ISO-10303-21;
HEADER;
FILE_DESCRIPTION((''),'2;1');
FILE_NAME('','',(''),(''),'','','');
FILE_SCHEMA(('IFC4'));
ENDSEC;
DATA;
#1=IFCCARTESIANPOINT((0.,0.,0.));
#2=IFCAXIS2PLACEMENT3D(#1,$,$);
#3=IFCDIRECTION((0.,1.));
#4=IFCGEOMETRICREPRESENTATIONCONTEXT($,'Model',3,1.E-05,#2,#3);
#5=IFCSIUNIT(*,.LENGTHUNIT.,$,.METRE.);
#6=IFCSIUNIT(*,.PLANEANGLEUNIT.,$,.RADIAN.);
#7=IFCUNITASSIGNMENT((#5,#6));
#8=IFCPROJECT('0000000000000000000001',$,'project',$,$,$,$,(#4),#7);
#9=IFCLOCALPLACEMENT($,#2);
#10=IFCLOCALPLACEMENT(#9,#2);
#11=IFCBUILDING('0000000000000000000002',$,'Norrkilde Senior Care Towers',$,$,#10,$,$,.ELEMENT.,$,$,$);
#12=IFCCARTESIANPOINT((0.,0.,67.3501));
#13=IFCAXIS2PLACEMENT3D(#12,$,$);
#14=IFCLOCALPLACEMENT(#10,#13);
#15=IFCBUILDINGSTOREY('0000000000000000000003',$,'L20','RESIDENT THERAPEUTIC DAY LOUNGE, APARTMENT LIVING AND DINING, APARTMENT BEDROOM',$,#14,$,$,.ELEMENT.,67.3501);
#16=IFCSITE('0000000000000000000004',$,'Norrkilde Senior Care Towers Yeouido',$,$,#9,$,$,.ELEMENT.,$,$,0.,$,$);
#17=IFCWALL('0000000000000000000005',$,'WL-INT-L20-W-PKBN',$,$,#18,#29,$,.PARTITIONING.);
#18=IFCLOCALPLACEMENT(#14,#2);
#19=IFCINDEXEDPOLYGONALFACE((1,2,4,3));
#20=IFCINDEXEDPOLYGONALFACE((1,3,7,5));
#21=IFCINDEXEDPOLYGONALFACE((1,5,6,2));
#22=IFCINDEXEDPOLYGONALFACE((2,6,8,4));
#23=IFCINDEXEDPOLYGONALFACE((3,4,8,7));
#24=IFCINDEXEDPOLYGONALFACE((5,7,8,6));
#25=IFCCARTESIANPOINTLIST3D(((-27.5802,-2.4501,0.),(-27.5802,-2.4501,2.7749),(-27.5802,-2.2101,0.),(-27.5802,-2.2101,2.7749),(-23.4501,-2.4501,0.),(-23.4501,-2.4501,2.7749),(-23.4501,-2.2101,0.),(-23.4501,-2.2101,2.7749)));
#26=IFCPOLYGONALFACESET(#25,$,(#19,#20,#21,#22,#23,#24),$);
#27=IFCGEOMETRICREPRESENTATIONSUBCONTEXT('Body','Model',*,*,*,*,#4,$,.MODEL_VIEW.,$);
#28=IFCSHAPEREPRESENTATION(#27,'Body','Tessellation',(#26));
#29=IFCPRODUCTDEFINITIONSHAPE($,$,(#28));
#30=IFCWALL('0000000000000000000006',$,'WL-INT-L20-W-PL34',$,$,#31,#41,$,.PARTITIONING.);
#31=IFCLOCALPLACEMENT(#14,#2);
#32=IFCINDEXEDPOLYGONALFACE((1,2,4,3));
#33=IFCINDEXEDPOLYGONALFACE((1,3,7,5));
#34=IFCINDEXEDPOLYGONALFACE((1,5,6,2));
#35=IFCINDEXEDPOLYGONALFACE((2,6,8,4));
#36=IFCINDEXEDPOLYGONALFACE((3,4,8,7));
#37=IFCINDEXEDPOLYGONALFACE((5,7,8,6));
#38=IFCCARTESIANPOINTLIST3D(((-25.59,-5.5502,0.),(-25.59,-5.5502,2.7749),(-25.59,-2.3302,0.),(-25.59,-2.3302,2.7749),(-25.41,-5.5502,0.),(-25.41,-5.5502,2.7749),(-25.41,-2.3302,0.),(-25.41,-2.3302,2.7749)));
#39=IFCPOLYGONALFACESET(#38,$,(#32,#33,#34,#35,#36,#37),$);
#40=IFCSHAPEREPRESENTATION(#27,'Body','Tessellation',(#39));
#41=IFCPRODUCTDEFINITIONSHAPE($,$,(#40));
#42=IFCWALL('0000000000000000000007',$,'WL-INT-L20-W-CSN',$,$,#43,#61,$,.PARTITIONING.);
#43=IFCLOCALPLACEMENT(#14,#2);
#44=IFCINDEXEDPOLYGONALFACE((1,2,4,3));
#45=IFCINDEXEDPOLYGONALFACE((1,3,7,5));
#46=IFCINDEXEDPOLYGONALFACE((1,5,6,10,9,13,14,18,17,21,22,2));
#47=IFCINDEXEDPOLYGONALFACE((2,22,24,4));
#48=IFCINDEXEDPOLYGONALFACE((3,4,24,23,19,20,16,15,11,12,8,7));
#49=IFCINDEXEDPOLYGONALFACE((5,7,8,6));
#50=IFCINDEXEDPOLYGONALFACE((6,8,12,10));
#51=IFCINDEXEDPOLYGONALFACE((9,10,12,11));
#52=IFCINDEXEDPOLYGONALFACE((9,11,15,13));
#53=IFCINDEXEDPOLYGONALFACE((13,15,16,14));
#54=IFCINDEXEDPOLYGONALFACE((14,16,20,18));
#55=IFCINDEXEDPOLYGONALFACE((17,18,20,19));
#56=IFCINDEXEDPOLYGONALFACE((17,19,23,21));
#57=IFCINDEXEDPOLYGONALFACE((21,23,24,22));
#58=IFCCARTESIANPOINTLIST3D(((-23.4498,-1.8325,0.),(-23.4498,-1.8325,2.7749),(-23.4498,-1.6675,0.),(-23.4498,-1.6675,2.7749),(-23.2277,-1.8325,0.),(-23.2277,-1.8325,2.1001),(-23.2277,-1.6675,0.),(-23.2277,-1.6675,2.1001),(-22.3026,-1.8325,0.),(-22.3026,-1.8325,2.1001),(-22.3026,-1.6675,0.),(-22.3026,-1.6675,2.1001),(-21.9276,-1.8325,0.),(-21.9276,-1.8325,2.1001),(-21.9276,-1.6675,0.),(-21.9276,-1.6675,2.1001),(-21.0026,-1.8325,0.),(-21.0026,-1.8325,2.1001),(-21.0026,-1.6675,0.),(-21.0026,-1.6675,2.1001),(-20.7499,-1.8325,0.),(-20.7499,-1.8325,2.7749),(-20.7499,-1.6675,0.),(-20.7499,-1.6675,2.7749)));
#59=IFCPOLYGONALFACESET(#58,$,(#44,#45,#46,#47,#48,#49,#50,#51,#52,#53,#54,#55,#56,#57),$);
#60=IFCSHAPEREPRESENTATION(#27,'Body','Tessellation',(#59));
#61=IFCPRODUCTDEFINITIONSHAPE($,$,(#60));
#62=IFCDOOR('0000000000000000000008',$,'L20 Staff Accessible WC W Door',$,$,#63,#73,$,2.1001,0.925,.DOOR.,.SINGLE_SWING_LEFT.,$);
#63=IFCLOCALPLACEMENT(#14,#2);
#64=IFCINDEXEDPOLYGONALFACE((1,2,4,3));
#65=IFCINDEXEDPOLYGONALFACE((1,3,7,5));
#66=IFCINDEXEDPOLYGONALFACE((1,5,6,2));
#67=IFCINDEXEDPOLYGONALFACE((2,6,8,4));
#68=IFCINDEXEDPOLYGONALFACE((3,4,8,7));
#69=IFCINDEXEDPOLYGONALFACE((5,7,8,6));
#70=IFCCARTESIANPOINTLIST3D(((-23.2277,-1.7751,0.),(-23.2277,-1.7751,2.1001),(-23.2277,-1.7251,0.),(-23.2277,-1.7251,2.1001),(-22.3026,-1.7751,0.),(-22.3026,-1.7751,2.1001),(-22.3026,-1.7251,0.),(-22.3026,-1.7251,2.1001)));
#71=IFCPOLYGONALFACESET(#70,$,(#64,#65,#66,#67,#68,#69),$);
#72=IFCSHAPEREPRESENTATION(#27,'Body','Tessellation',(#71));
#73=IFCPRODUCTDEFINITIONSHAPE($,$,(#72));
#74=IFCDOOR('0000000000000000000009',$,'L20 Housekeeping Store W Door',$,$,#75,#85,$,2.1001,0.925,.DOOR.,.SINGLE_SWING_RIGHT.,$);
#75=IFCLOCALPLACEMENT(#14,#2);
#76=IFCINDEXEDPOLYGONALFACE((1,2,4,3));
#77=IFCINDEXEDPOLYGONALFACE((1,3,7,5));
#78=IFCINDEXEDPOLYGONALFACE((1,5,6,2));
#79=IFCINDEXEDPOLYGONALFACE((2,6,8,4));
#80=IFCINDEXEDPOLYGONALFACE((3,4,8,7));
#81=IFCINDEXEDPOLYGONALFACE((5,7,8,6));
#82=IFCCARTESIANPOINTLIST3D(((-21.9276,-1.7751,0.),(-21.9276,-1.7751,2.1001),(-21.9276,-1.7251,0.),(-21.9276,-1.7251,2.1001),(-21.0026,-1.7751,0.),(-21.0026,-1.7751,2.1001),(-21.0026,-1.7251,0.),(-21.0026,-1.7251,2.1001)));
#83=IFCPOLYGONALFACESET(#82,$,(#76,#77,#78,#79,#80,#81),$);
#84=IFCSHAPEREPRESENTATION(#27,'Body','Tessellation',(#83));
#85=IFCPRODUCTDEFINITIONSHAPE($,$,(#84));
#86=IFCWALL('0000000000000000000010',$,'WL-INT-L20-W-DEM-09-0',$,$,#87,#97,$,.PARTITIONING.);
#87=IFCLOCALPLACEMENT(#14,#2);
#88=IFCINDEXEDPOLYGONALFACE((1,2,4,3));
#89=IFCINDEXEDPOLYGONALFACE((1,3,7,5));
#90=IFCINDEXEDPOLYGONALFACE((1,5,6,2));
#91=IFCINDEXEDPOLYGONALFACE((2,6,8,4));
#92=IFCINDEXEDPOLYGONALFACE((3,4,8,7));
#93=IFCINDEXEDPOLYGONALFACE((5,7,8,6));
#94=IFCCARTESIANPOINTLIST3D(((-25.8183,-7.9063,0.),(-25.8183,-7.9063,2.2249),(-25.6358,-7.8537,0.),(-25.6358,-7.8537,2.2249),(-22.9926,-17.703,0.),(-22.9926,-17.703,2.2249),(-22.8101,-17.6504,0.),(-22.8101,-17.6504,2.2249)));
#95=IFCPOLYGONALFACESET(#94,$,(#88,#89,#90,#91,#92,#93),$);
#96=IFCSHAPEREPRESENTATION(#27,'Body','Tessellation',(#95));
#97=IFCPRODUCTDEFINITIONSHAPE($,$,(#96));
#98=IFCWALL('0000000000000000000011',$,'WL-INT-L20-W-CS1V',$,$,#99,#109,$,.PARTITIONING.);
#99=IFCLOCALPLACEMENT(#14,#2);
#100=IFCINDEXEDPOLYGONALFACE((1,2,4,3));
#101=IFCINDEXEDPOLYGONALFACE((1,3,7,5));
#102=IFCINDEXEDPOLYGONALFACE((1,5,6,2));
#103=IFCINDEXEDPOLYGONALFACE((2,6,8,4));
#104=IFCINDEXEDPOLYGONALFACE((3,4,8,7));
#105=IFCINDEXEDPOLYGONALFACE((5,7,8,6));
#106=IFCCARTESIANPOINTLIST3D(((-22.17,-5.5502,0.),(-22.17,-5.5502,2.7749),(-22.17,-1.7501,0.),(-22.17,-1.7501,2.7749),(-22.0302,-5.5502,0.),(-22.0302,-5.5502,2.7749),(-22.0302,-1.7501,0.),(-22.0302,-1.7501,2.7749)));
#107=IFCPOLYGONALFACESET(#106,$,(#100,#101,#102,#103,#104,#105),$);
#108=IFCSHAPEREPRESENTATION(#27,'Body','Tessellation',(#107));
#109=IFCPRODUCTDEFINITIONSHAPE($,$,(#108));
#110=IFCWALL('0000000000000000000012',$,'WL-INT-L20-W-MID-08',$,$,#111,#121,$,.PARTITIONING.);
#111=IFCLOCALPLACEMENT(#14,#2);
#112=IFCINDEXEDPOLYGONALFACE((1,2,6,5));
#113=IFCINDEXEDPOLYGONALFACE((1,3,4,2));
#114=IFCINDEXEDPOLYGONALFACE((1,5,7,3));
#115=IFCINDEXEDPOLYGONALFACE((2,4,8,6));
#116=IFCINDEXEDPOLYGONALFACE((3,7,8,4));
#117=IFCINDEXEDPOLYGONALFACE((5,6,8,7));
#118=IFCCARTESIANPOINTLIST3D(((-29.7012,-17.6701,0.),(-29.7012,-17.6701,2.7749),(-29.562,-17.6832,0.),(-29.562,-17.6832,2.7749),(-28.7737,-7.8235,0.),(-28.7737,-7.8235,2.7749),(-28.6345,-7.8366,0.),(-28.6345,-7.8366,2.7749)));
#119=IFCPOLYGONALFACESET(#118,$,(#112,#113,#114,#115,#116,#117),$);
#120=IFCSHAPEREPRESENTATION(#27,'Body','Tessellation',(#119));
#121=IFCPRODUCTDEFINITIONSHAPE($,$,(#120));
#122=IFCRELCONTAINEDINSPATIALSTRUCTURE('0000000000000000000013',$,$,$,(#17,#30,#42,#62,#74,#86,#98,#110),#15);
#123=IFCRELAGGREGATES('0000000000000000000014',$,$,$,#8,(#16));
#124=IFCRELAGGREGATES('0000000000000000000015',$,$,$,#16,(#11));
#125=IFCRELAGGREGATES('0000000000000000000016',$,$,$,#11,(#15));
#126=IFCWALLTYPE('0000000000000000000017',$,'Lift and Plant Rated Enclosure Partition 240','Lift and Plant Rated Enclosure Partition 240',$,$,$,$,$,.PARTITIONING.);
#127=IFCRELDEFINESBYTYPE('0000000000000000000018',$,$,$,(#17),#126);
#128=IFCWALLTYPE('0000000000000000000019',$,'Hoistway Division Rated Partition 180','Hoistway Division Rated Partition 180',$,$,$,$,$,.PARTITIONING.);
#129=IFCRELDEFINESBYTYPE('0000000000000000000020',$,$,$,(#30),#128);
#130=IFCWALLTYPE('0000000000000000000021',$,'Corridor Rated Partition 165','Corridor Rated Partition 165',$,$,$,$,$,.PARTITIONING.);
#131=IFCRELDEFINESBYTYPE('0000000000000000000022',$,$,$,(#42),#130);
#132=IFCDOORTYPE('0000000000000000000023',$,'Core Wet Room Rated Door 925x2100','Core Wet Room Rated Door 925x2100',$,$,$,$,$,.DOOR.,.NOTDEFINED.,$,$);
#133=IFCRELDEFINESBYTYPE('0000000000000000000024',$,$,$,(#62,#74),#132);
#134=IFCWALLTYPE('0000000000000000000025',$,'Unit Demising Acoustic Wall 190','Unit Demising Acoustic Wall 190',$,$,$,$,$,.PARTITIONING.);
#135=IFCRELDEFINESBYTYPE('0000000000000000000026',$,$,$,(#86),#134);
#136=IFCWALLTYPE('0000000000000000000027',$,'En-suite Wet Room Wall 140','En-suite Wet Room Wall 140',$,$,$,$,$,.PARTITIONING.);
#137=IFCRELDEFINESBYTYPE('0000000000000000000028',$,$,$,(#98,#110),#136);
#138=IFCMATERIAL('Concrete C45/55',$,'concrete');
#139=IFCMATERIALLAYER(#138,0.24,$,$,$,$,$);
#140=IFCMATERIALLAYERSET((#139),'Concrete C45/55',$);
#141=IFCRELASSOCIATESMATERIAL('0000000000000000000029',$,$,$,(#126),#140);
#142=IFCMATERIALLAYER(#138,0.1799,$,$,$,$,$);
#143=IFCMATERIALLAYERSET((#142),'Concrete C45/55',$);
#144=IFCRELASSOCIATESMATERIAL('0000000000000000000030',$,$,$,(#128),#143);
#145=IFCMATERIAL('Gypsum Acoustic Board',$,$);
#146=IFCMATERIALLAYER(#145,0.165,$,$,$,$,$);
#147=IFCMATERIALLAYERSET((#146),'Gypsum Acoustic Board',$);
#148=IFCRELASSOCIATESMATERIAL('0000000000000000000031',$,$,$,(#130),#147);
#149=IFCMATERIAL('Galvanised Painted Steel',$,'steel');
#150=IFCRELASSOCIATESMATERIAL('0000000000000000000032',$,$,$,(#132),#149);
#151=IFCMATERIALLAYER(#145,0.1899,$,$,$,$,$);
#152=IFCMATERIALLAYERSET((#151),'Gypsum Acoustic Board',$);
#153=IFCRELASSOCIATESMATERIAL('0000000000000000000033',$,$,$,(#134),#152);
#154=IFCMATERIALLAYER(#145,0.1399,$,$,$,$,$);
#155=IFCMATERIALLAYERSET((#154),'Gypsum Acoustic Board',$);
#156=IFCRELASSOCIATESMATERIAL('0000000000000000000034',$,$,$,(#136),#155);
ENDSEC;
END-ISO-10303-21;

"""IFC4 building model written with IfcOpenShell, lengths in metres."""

from ifc_helpers import new_model, si_unit, direction, frame, frame_2d, origin, place, context, subcontext, project, spatial, rectangle, extrude, source, transform, mapped, material, layer, layer_set, type_object, type_shapes, element, fill, save


model = new_model("IFC4")

# Units and contexts
model_context = context("Model", 3, precision=1e-05, world=origin(), true_north=direction((0.0, 1.0)))
body_context = subcontext(model_context, "Body", "Model", "MODEL_VIEW")
ifc_project = project(units=[si_unit("LENGTHUNIT", "METRE"), si_unit("PLANEANGLEUNIT", "RADIAN")], contexts=[model_context])

# Site, building, storey
site_placement = place(None, origin())
site = spatial("IfcSite", under=ifc_project, at=site_placement, Name="Norrkilde Senior Care Towers Yeouido", CompositionType="ELEMENT", RefElevation=0.0)
building_placement = place(site_placement, origin())
building = spatial("IfcBuilding", under=site, at=building_placement, Name="Norrkilde Senior Care Towers", CompositionType="ELEMENT")
storey_placement = place(building_placement, frame((0.0, 0.0, 67.3501)))
storey = spatial("IfcBuildingStorey", under=building, at=storey_placement, Name="L20", Description="RESIDENT THERAPEUTIC DAY LOUNGE, APARTMENT LIVING AND DINING, APARTMENT BEDROOM", CompositionType="ELEMENT", Elevation=67.3501)

# Walls
ifc_material_1 = material(Name="Concrete C45/55", Category="concrete")
ifc_layer_1 = layer(ifc_material_1, 0.24)
ifc_layer_set_1 = layer_set([ifc_layer_1], Name="Concrete C45/55")
wall_type_1 = type_object("IfcWallType", Name="Lift and Plant Rated Enclosure Partition 240", Description="Lift and Plant Rated Enclosure Partition 240", PredefinedType="PARTITIONING", material=ifc_layer_set_1)
shared_shape_1 = source(origin(), body_context, "Body", "SweptSolid", [
    extrude(rectangle(XDim=4.1301, YDim=0.24, at=frame_2d((2.0649, 0.0))), origin(), (0.0, 0.0, 1.0), 2.7749),
])
type_shapes(wall_type_1, [shared_shape_1])
wall_1_placement = place(storey_placement, frame((-27.5801, -2.3301, 0.0), z_axis=(0.0, 0.0, 1.0), x_axis=(1.0, 0.0, 0.0)))
element("IfcWall", 1, at=wall_1_placement, inside=storey, type_object=wall_type_1, Name="WL-INT-L20-W-PKBN", PredefinedType="PARTITIONING", context=body_context, shape_type="MappedRepresentation", body=[
    mapped(shared_shape_1, transform((0.0, 0.0, 0.0), x_axis=(1.0, 0.0, 0.0), y_axis=(0.0, 1.0, 0.0), z_axis=(0.0, 0.0, 1.0), scale=1.0)),
])
ifc_layer_2 = layer(ifc_material_1, 0.1799)
ifc_layer_set_2 = layer_set([ifc_layer_2], Name="Concrete C45/55")
wall_type_2 = type_object("IfcWallType", Name="Hoistway Division Rated Partition 180", Description="Hoistway Division Rated Partition 180", PredefinedType="PARTITIONING", material=ifc_layer_set_2)
shared_shape_2 = source(origin(), body_context, "Body", "SweptSolid", [
    extrude(rectangle(XDim=3.22, YDim=0.1799, at=frame_2d((1.6099, 0.0))), origin(), (0.0, 0.0, 1.0), 2.7749),
])
type_shapes(wall_type_2, [shared_shape_2])
wall_2_placement = place(storey_placement, frame((-25.5, -5.55, 0.0), z_axis=(0.0, 0.0, 1.0), x_axis=(0.0, 1.0, 0.0)))
element("IfcWall", 2, at=wall_2_placement, inside=storey, type_object=wall_type_2, Name="WL-INT-L20-W-PL34", PredefinedType="PARTITIONING", context=body_context, shape_type="MappedRepresentation", body=[
    mapped(shared_shape_2, transform((0.0, 0.0, 0.0), x_axis=(1.0, 0.0, 0.0), y_axis=(0.0, 1.0, 0.0), z_axis=(0.0, 0.0, 1.0), scale=1.0)),
])

# Wall, openings, doors
ifc_material_2 = material(Name="Gypsum Acoustic Board")
ifc_layer_3 = layer(ifc_material_2, 0.165)
ifc_layer_set_3 = layer_set([ifc_layer_3], Name="Gypsum Acoustic Board")
wall_type_3 = type_object("IfcWallType", Name="Corridor Rated Partition 165", Description="Corridor Rated Partition 165", PredefinedType="PARTITIONING", material=ifc_layer_set_3)
shared_shape_3 = source(origin(), body_context, "Body", "SweptSolid", [
    extrude(rectangle(XDim=2.7, YDim=0.165, at=frame_2d((1.3501, 0.0))), origin(), (0.0, 0.0, 1.0), 2.7749),
])
type_shapes(wall_type_3, [shared_shape_3])
wall_3_placement = place(storey_placement, frame((-23.45, -1.75, 0.0), z_axis=(0.0, 0.0, 1.0), x_axis=(1.0, 0.0, 0.0)))
wall_3 = element("IfcWall", 3, at=wall_3_placement, inside=storey, type_object=wall_type_3, Name="WL-INT-L20-W-CSN", PredefinedType="PARTITIONING", context=body_context, shape_type="MappedRepresentation", body=[
    mapped(shared_shape_3, transform((0.0, 0.0, 0.0), x_axis=(1.0, 0.0, 0.0), y_axis=(0.0, 1.0, 0.0), z_axis=(0.0, 0.0, 1.0), scale=1.0)),
])
opening_1_placement = place(wall_3_placement, frame((0.2224, 0.0, 0.0)))
opening_1 = element("IfcOpeningElement", 4, at=opening_1_placement, cuts=wall_3, PredefinedType="OPENING", context=body_context, shape_type="SweptSolid", body=[
    extrude(rectangle(XDim=0.925, YDim=2.1001, at=frame_2d((0.4624, 1.05))), frame((0.0, 0.0925, 0.0), z_axis=(0.0, -1.0, 0.0), x_axis=(1.0, 0.0, 0.0)), (0.0, 0.0, 1.0), 0.1851),
])
opening_2_placement = place(wall_3_placement, frame((1.5225, 0.0, 0.0)))
opening_2 = element("IfcOpeningElement", 5, at=opening_2_placement, cuts=wall_3, PredefinedType="OPENING", context=body_context, shape_type="SweptSolid", body=[
    extrude(rectangle(XDim=0.925, YDim=2.1001, at=frame_2d((0.4624, 1.05))), frame((0.0, 0.0925, 0.0), z_axis=(0.0, -1.0, 0.0), x_axis=(1.0, 0.0, 0.0)), (0.0, 0.0, 1.0), 0.1851),
])
ifc_material_3 = material(Name="Galvanised Painted Steel", Category="steel")
door_type = type_object("IfcDoorType", Name="Core Wet Room Rated Door 925x2100", Description="Core Wet Room Rated Door 925x2100", OperationType="NOTDEFINED", PredefinedType="DOOR", material=ifc_material_3)
shared_shape_4 = source(origin(), body_context, "Body", "SweptSolid", [
    extrude(rectangle(XDim=0.925, YDim=2.1001, at=frame_2d((0.4624, 1.05))), frame((0.0, 0.0249, 0.0), z_axis=(0.0, -1.0, 0.0), x_axis=(1.0, 0.0, 0.0)), (0.0, 0.0, 1.0), 0.05),
])
type_shapes(door_type, [shared_shape_4])
door_1_placement = place(opening_1_placement, origin())
door_1 = element("IfcDoor", 6, at=door_1_placement, inside=storey, type_object=door_type, Name="L20 Staff Accessible WC W Door", OperationType="SINGLE_SWING_LEFT", OverallHeight=2.1001, OverallWidth=0.925, PredefinedType="DOOR", context=body_context, shape_type="MappedRepresentation", body=[
    mapped(shared_shape_4, transform((0.0, 0.0, 0.0), x_axis=(1.0, 0.0, 0.0), y_axis=(0.0, 1.0, 0.0), z_axis=(0.0, 0.0, 1.0), scale=1.0)),
])
fill(opening_1, door_1)
door_2_placement = place(opening_2_placement, origin())
door_2 = element("IfcDoor", 7, at=door_2_placement, inside=storey, type_object=door_type, Name="L20 Housekeeping Store W Door", OperationType="SINGLE_SWING_RIGHT", OverallHeight=2.1001, OverallWidth=0.925, PredefinedType="DOOR", context=body_context, shape_type="MappedRepresentation", body=[
    mapped(shared_shape_4, transform((0.0, 0.0, 0.0), x_axis=(1.0, 0.0, 0.0), y_axis=(0.0, 1.0, 0.0), z_axis=(0.0, 0.0, 1.0), scale=1.0)),
])
fill(opening_2, door_2)

# Walls
ifc_layer_4 = layer(ifc_material_2, 0.1899)
ifc_layer_set_4 = layer_set([ifc_layer_4], Name="Gypsum Acoustic Board")
wall_type_4 = type_object("IfcWallType", Name="Unit Demising Acoustic Wall 190", Description="Unit Demising Acoustic Wall 190", PredefinedType="PARTITIONING", material=ifc_layer_set_4)
shared_shape_5 = source(origin(), body_context, "Body", "SweptSolid", [
    extrude(rectangle(XDim=10.196, YDim=0.1899, at=frame_2d((5.0981, 0.0))), origin(), (0.0, 0.0, 1.0), 2.2249),
])
type_shapes(wall_type_4, [shared_shape_5])
wall_4_placement = place(storey_placement, frame((-25.7271, -7.8799, 0.0), z_axis=(0.0, 0.0, 1.0), x_axis=(0.277136, -0.960831, 0.0)))
element("IfcWall", 8, at=wall_4_placement, inside=storey, type_object=wall_type_4, Name="WL-INT-L20-W-DEM-09-0", PredefinedType="PARTITIONING", context=body_context, shape_type="MappedRepresentation", body=[
    mapped(shared_shape_5, transform((0.0, 0.0, 0.0), x_axis=(1.0, 0.0, 0.0), y_axis=(0.0, 1.0, 0.0), z_axis=(0.0, 0.0, 1.0), scale=1.0)),
])
ifc_layer_5 = layer(ifc_material_2, 0.1399)
ifc_layer_set_5 = layer_set([ifc_layer_5], Name="Gypsum Acoustic Board")
wall_type_5 = type_object("IfcWallType", Name="En-suite Wet Room Wall 140", Description="En-suite Wet Room Wall 140", PredefinedType="PARTITIONING", material=ifc_layer_set_5)
shared_shape_6 = source(origin(), body_context, "Body", "SweptSolid", [
    extrude(rectangle(XDim=3.8, YDim=0.1399, at=frame_2d((1.8999, 0.0))), origin(), (0.0, 0.0, 1.0), 2.7749),
])
wall_5_placement = place(storey_placement, frame((-22.1001, -5.55, 0.0), z_axis=(0.0, 0.0, 1.0), x_axis=(0.0, 1.0, 0.0)))
element("IfcWall", 9, at=wall_5_placement, inside=storey, type_object=wall_type_5, Name="WL-INT-L20-W-CS1V", PredefinedType="PARTITIONING", context=body_context, shape_type="MappedRepresentation", body=[
    mapped(shared_shape_6, transform((0.0, 0.0, 0.0), x_axis=(1.0, 0.0, 0.0), y_axis=(0.0, 1.0, 0.0), z_axis=(0.0, 0.0, 1.0), scale=1.0)),
])
shared_shape_7 = source(origin(), body_context, "Body", "SweptSolid", [
    extrude(rectangle(XDim=9.8901, YDim=0.1399, at=frame_2d((4.9451, 0.0))), origin(), (0.0, 0.0, 1.0), 2.7749),
])
type_shapes(wall_type_5, [shared_shape_6, shared_shape_7])
wall_6_placement = place(storey_placement, frame((-28.7041, -7.8301, 0.0), z_axis=(0.0, 0.0, 1.0), x_axis=(-0.09378, -0.995593, 0.0)))
element("IfcWall", 10, at=wall_6_placement, inside=storey, type_object=wall_type_5, Name="WL-INT-L20-W-MID-08", PredefinedType="PARTITIONING", context=body_context, shape_type="MappedRepresentation", body=[
    mapped(shared_shape_7, transform((0.0, 0.0, 0.0), x_axis=(1.0, 0.0, 0.0), y_axis=(0.0, 1.0, 0.0), z_axis=(0.0, 0.0, 1.0), scale=1.0)),
])

save(model, "model.ifc")
